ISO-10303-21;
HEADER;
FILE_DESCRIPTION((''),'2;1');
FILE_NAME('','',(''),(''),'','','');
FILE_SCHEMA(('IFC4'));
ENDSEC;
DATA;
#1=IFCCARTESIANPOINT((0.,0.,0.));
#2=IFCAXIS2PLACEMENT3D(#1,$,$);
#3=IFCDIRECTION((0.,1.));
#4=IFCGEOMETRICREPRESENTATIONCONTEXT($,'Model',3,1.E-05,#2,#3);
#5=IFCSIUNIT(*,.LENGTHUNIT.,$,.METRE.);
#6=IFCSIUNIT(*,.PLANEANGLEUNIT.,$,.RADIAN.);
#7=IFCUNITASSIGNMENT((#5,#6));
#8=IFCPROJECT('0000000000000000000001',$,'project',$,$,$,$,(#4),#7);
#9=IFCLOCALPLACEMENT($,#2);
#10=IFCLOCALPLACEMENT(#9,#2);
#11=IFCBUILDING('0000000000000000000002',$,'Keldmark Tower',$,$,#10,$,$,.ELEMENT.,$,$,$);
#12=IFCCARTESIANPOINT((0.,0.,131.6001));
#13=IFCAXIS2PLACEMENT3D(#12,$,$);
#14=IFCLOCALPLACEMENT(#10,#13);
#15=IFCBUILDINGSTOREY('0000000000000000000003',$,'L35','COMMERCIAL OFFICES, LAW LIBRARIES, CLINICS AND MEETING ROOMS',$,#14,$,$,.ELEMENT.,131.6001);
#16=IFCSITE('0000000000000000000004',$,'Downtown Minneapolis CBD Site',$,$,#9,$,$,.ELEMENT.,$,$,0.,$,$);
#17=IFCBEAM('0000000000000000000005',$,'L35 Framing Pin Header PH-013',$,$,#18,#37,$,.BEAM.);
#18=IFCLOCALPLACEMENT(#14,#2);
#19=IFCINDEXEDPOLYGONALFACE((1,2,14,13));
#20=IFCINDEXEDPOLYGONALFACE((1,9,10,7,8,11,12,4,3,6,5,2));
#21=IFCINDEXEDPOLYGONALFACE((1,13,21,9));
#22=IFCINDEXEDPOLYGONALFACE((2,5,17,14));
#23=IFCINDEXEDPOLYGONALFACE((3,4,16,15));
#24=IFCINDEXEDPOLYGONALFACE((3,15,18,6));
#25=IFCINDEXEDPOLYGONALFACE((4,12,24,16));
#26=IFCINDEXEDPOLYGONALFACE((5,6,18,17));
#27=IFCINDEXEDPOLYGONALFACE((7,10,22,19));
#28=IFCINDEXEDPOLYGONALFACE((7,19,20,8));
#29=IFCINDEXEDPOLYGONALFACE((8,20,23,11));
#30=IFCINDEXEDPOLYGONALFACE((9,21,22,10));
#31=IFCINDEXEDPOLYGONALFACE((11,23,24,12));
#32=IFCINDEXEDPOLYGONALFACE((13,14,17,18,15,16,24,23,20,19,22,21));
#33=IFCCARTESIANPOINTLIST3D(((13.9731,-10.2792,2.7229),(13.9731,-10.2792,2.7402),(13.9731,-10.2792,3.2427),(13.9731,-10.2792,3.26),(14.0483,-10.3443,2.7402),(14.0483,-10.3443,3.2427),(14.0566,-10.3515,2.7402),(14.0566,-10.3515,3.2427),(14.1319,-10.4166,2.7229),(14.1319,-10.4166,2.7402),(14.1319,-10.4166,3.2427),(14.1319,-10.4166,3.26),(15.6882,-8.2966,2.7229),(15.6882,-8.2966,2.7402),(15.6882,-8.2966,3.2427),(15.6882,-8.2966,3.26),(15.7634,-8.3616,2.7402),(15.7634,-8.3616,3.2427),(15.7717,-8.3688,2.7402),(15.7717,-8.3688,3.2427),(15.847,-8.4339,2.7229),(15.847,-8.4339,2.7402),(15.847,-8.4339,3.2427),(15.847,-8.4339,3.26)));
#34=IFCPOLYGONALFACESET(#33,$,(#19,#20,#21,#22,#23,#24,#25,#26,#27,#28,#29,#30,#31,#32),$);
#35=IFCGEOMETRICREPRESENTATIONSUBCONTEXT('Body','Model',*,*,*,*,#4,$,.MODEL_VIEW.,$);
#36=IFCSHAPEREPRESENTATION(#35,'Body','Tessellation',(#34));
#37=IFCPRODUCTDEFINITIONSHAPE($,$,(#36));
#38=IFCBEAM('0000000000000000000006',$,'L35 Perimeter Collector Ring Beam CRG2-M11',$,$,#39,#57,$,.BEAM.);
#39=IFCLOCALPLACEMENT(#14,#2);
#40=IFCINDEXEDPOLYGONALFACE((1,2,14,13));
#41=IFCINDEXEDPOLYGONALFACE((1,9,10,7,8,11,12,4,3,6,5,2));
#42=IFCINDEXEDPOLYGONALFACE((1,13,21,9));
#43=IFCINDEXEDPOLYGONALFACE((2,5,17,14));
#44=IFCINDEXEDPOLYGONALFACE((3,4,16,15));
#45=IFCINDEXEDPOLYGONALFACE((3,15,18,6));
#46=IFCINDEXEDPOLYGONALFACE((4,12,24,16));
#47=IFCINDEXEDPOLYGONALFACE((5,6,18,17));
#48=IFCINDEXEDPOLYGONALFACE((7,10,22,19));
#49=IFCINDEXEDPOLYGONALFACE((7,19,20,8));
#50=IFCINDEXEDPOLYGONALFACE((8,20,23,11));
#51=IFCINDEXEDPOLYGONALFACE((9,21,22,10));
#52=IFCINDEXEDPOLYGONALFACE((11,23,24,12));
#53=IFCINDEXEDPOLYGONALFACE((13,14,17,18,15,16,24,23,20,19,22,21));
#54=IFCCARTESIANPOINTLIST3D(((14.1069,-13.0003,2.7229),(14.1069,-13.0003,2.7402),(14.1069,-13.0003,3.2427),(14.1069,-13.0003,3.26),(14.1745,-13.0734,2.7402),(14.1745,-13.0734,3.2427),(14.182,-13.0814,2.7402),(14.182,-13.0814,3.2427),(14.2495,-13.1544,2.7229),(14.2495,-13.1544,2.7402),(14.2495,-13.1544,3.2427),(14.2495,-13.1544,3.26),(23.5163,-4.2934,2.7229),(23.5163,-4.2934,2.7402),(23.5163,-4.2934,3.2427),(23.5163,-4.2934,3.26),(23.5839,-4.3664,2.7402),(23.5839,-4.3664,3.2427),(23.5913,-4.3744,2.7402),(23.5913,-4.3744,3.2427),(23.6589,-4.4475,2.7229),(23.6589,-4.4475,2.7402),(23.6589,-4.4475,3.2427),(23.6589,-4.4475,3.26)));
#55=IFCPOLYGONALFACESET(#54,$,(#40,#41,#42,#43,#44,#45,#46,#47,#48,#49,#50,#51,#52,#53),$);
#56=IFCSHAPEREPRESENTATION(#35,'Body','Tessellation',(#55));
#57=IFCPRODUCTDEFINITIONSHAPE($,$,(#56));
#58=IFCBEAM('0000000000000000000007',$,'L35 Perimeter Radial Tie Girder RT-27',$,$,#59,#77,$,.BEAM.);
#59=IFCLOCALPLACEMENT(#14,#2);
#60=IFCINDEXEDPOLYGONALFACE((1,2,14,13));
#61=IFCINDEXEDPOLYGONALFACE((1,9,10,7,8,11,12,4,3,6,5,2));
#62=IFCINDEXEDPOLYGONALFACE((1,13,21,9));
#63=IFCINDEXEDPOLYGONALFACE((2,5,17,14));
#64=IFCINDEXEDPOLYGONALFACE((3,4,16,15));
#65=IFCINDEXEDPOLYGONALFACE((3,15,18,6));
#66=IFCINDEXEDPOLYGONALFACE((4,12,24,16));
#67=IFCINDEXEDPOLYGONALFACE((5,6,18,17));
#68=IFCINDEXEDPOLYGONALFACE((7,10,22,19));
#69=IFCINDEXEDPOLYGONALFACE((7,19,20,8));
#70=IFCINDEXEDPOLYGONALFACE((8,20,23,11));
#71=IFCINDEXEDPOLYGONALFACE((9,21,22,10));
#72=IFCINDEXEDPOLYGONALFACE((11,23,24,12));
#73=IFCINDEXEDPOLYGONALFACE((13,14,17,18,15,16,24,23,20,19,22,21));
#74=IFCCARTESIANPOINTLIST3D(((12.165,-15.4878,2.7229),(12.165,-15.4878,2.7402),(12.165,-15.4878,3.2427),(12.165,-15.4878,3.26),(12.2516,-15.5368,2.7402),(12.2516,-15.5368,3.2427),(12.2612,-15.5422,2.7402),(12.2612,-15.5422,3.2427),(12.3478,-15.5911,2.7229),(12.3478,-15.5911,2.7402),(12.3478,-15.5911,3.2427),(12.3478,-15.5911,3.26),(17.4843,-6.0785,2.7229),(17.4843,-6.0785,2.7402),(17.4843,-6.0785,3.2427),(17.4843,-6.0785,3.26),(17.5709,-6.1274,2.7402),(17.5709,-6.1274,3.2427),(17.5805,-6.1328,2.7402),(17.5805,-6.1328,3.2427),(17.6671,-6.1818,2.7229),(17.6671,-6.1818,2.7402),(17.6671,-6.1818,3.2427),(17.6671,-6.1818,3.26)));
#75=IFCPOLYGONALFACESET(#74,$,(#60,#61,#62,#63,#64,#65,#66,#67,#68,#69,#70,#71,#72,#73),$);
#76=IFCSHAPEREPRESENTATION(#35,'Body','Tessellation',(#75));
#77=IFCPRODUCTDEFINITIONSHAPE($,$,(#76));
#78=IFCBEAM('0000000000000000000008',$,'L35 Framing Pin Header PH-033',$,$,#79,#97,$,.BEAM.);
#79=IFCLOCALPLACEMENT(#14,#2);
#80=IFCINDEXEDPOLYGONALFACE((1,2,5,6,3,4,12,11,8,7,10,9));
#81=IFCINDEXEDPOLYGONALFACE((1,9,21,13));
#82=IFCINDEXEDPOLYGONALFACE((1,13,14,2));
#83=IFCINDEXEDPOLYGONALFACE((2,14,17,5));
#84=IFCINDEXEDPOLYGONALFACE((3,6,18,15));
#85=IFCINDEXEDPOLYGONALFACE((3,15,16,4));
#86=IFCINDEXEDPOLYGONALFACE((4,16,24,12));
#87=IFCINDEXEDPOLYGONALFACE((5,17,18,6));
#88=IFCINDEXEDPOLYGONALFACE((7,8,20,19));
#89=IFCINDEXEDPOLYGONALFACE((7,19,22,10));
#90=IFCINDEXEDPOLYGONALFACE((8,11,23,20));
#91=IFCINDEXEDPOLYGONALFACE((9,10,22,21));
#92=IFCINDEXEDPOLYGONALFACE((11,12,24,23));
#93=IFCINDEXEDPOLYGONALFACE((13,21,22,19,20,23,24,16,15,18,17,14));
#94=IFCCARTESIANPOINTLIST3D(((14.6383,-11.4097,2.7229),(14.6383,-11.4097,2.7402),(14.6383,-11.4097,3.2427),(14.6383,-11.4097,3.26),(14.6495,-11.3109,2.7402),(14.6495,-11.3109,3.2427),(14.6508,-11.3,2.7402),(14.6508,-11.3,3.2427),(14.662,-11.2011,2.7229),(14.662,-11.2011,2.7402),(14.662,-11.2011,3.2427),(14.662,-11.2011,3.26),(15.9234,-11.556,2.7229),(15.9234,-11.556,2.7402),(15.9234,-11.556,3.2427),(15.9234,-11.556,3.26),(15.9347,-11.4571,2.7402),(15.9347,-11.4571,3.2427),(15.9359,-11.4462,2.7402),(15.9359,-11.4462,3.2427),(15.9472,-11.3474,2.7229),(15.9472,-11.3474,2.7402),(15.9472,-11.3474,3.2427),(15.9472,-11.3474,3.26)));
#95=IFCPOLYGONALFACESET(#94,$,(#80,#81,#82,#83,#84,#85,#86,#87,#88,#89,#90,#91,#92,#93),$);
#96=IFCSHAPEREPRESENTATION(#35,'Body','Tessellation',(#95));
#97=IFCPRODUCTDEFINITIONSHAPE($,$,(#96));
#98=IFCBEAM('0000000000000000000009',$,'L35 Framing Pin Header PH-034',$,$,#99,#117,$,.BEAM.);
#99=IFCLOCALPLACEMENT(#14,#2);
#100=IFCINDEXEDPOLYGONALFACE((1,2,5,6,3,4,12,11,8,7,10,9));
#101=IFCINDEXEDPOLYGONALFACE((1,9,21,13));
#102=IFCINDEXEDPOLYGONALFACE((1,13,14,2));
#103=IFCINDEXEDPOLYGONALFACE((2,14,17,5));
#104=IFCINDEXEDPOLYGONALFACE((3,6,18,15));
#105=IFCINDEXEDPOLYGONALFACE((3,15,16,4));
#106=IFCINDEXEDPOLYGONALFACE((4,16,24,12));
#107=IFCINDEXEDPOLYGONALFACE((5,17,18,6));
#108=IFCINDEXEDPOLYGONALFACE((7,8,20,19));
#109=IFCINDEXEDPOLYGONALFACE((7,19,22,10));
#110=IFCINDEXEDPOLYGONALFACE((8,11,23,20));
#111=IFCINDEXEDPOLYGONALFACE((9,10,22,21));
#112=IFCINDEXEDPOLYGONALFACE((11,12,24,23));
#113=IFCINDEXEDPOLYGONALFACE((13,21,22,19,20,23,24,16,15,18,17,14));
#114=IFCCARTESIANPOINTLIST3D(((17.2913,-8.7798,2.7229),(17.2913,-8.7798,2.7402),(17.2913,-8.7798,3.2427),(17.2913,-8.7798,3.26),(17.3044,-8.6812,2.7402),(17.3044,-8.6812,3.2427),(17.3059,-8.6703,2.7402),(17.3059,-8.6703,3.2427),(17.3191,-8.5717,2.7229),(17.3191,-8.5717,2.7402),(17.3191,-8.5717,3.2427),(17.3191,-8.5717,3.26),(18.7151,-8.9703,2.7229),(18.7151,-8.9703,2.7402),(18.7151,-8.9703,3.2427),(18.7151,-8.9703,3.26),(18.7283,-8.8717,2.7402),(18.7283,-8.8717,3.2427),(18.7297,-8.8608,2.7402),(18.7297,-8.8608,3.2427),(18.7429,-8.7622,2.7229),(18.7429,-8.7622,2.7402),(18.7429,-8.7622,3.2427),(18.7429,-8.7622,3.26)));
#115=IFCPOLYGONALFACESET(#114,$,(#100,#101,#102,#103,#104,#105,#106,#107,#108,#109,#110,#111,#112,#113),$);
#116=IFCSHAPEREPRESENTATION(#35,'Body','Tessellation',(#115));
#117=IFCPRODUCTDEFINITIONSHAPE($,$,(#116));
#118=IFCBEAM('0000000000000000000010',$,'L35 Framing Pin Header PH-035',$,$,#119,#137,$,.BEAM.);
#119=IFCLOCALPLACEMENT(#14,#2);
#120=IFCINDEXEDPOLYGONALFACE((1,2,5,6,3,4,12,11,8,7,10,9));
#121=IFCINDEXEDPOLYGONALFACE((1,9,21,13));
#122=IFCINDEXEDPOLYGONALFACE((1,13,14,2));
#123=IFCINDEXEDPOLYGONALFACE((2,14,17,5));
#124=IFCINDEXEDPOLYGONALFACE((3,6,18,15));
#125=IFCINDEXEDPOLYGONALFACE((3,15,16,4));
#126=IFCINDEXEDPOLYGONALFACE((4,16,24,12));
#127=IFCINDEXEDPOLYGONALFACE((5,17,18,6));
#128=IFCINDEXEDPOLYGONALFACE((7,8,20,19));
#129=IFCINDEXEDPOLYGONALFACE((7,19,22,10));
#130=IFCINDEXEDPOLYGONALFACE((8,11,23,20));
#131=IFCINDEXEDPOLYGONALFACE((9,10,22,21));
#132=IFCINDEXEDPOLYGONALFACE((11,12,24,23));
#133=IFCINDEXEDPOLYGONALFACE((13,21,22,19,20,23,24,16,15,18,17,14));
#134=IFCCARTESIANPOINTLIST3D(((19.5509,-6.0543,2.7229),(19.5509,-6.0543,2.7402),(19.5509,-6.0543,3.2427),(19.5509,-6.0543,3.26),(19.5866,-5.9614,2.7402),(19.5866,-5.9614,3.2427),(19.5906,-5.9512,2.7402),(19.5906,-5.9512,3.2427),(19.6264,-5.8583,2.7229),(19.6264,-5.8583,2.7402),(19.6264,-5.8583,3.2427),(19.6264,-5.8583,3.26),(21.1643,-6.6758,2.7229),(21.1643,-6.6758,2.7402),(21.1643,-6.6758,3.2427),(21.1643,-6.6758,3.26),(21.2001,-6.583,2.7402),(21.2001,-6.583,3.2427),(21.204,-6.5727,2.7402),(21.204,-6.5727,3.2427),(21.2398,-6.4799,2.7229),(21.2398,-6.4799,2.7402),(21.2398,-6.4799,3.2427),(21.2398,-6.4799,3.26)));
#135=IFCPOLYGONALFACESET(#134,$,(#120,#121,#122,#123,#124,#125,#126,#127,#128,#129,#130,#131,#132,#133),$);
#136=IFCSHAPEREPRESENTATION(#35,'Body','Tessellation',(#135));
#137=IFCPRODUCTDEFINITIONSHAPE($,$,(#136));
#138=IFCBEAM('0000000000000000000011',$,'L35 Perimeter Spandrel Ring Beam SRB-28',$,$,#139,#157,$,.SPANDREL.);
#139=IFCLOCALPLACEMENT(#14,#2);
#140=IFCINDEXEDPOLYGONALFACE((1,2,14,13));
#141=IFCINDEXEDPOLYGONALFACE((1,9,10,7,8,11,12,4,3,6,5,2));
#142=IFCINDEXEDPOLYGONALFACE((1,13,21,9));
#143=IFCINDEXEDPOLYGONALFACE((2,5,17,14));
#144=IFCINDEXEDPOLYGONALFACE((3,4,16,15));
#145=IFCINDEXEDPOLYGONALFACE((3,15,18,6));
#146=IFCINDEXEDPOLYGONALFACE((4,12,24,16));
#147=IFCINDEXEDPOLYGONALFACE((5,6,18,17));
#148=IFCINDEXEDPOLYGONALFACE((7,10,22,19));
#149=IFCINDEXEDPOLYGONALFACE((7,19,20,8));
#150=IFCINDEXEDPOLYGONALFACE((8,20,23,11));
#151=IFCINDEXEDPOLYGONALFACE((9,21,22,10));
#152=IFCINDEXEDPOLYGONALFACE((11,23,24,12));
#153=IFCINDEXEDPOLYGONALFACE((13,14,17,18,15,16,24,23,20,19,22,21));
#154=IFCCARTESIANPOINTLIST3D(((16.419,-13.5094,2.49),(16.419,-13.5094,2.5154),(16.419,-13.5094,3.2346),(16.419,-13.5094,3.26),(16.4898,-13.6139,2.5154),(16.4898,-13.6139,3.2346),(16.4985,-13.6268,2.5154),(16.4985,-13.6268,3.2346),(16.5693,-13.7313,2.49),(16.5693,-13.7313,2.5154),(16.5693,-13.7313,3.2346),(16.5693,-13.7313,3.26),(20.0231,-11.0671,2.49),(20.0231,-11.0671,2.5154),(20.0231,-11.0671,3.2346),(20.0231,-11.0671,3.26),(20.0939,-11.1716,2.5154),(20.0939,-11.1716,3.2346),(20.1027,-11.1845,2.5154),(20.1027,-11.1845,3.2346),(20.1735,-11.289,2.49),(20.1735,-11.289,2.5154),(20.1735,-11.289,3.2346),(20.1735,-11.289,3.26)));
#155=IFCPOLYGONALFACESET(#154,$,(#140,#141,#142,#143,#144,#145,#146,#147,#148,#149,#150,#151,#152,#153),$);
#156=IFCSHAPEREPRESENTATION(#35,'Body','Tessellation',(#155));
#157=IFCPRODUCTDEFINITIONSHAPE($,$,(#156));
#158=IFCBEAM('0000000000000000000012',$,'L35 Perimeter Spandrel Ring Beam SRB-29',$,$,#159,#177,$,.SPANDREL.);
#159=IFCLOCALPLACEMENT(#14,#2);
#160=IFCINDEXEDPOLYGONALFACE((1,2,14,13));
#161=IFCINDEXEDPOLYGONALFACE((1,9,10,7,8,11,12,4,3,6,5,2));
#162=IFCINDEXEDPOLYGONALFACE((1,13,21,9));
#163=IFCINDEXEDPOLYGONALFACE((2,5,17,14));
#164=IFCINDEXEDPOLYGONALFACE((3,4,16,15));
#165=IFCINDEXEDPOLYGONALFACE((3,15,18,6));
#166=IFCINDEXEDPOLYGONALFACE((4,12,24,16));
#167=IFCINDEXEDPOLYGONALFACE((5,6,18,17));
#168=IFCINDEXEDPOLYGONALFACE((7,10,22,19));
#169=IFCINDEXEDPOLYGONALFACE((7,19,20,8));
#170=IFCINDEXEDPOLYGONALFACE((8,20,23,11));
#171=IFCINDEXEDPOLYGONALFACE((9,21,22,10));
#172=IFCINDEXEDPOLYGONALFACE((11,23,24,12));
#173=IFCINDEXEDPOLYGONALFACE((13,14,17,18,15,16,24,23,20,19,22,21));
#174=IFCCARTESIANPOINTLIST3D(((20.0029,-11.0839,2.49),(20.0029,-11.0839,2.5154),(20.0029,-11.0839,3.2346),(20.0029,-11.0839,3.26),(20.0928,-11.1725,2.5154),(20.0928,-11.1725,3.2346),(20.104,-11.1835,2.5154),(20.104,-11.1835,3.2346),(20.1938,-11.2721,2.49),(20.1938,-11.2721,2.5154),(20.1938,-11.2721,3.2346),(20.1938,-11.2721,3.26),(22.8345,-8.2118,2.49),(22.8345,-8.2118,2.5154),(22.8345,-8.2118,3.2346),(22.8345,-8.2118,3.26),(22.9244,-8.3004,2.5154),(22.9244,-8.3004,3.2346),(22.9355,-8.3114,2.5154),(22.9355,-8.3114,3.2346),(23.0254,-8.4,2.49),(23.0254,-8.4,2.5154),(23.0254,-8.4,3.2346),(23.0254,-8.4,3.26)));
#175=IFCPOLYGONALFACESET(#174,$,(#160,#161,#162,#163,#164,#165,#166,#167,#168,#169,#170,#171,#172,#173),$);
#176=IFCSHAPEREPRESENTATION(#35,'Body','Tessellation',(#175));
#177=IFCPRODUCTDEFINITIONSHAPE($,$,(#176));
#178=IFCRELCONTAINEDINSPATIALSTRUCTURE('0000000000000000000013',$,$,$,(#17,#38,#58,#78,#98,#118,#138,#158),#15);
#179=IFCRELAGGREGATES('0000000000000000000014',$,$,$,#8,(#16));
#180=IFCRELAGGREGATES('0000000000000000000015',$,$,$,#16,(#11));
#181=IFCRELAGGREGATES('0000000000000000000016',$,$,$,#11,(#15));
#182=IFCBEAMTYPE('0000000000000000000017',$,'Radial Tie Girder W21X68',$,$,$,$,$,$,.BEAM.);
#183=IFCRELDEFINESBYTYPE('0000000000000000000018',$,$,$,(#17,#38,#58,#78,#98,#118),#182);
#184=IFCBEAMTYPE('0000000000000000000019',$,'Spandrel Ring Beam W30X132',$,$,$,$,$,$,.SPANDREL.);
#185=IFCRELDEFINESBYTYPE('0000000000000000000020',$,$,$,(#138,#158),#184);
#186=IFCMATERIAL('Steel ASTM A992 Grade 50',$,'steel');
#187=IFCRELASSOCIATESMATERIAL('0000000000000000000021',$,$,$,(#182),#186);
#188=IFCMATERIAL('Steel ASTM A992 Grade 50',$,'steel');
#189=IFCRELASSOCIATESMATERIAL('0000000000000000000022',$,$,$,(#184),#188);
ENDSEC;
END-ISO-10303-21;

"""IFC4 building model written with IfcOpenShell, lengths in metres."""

from ifc_helpers import new_model, si_unit, direction, frame, origin, origin_2d, place, context, subcontext, project, spatial, i_section, extrude, material, material_profile, profile_set, type_object, element, save


model = new_model("IFC4")

# Units and contexts
model_context = context("Model", 3, precision=1e-05, world=origin(), true_north=direction((0.0, 1.0)))
body_context = subcontext(model_context, "Body", "Model", "MODEL_VIEW")
ifc_project = project(units=[si_unit("LENGTHUNIT", "METRE"), si_unit("PLANEANGLEUNIT", "RADIAN")], contexts=[model_context])

# Site, building, storey
site_placement = place(None, origin())
site = spatial("IfcSite", under=ifc_project, at=site_placement, Name="Downtown Minneapolis CBD Site", CompositionType="ELEMENT", RefElevation=0.0)
building_placement = place(site_placement, origin())
building = spatial("IfcBuilding", under=site, at=building_placement, Name="Keldmark Tower", CompositionType="ELEMENT")
storey_placement = place(building_placement, frame((0.0, 0.0, 131.6001)))
storey = spatial("IfcBuildingStorey", under=building, at=storey_placement, Name="L35", Description="COMMERCIAL OFFICES, LAW LIBRARIES, CLINICS AND MEETING ROOMS", CompositionType="ELEMENT", Elevation=131.6001)

# Beams
ifc_material_1 = material(Name="Steel ASTM A992 Grade 50", Category="steel")
ifc_material_profile_1 = material_profile(ifc_material_1, i_section(OverallWidth=0.21, OverallDepth=0.5371, WebThickness=0.011, FlangeThickness=0.0173, at=origin_2d()), Name="W21X68")
ifc_profile_set_1 = profile_set([ifc_material_profile_1], Name="Steel ASTM A992 Grade 50")
beam_type_1 = type_object("IfcBeamType", Name="Radial Tie Girder W21X68", PredefinedType="BEAM", material=ifc_profile_set_1)
beam_1_placement = place(storey_placement, frame((15.7676, -8.3652, 2.9915), z_axis=(-0.654228, -0.756297, 0.0), x_axis=(0.756297, -0.654228, 0.0)))
element("IfcBeam", 1, at=beam_1_placement, inside=storey, type_object=beam_type_1, Name="L35 Framing Pin Header PH-013", PredefinedType="BEAM", context=body_context, shape_type="SweptSolid", body=[
    extrude(i_section(OverallWidth=0.21, OverallDepth=0.5371, WebThickness=0.011, FlangeThickness=0.0173, at=origin_2d()), origin(), (0.0, 0.0, 1.0), 2.6216),
])
beam_2_placement = place(storey_placement, frame((14.1782, -13.0774, 2.9915), z_axis=(0.733971, 0.679181, 0.0), x_axis=(-0.679181, 0.733971, 0.0)))
element("IfcBeam", 2, at=beam_2_placement, inside=storey, type_object=beam_type_1, Name="L35 Perimeter Collector Ring Beam CRG2-M11", PredefinedType="BEAM", context=body_context, shape_type="SweptSolid", body=[
    extrude(i_section(OverallWidth=0.21, OverallDepth=0.5371, WebThickness=0.011, FlangeThickness=0.0173, at=origin_2d()), origin(), (0.0, 0.0, 1.0), 12.8198),
])
beam_3_placement = place(storey_placement, frame((17.5757, -6.1301, 2.9915), z_axis=(-0.492125, -0.870525, 0.0), x_axis=(0.870525, -0.492125, 0.0)))
element("IfcBeam", 3, at=beam_3_placement, inside=storey, type_object=beam_type_1, Name="L35 Perimeter Radial Tie Girder RT-27", PredefinedType="BEAM", context=body_context, shape_type="SweptSolid", body=[
    extrude(i_section(OverallWidth=0.21, OverallDepth=0.5371, WebThickness=0.011, FlangeThickness=0.0173, at=origin_2d()), origin(), (0.0, 0.0, 1.0), 10.8088),
])
beam_4_placement = place(storey_placement, frame((14.6501, -11.3054, 2.9915), z_axis=(0.993588, -0.113062, 0.0), x_axis=(0.113062, 0.993588, 0.0)))
element("IfcBeam", 4, at=beam_4_placement, inside=storey, type_object=beam_type_1, Name="L35 Framing Pin Header PH-033", PredefinedType="BEAM", context=body_context, shape_type="SweptSolid", body=[
    extrude(i_section(OverallWidth=0.21, OverallDepth=0.5371, WebThickness=0.011, FlangeThickness=0.0173, at=origin_2d()), origin(), (0.0, 0.0, 1.0), 1.2935),
])
beam_5_placement = place(storey_placement, frame((17.3052, -8.6758, 2.9915), z_axis=(0.991174, -0.132564, 0.0), x_axis=(0.132564, 0.991174, 0.0)))
element("IfcBeam", 5, at=beam_5_placement, inside=storey, type_object=beam_type_1, Name="L35 Framing Pin Header PH-034", PredefinedType="BEAM", context=body_context, shape_type="SweptSolid", body=[
    extrude(i_section(OverallWidth=0.21, OverallDepth=0.5371, WebThickness=0.011, FlangeThickness=0.0173, at=origin_2d()), origin(), (0.0, 0.0, 1.0), 1.4365),
])
beam_6_placement = place(storey_placement, frame((19.5886, -5.9563, 2.9915), z_axis=(0.933153, -0.35948, 0.0), x_axis=(0.35948, 0.933153, 0.0)))
element("IfcBeam", 6, at=beam_6_placement, inside=storey, type_object=beam_type_1, Name="L35 Framing Pin Header PH-035", PredefinedType="BEAM", context=body_context, shape_type="SweptSolid", body=[
    extrude(i_section(OverallWidth=0.21, OverallDepth=0.5371, WebThickness=0.011, FlangeThickness=0.0173, at=origin_2d()), origin(), (0.0, 0.0, 1.0), 1.729),
])
ifc_material_2 = material(Name="Steel ASTM A992 Grade 50", Category="steel")
ifc_material_profile_2 = material_profile(ifc_material_2, i_section(OverallWidth=0.2681, OverallDepth=0.77, WebThickness=0.0156, FlangeThickness=0.0254, at=origin_2d()), Name="W30X132")
ifc_profile_set_2 = profile_set([ifc_material_profile_2], Name="Steel ASTM A992 Grade 50")
beam_type_2 = type_object("IfcBeamType", Name="Spandrel Ring Beam W30X132", PredefinedType="SPANDREL", material=ifc_profile_set_2)
beam_7_placement = place(storey_placement, frame((16.4941, -13.6204, 2.875), z_axis=(0.827834, 0.560973, 0.0), x_axis=(-0.560973, 0.827834, 0.0)))
element("IfcBeam", 7, at=beam_7_placement, inside=storey, type_object=beam_type_2, Name="L35 Perimeter Spandrel Ring Beam SRB-28", PredefinedType="SPANDREL", context=body_context, shape_type="SweptSolid", body=[
    extrude(i_section(OverallWidth=0.2681, OverallDepth=0.77, WebThickness=0.0156, FlangeThickness=0.0254, at=origin_2d()), origin(), (0.0, 0.0, 1.0), 4.3538),
])
beam_8_placement = place(storey_placement, frame((20.0984, -11.178, 2.875), z_axis=(0.702065, 0.712113, 0.0), x_axis=(-0.712113, 0.702065, 0.0)))
element("IfcBeam", 8, at=beam_8_placement, inside=storey, type_object=beam_type_2, Name="L35 Perimeter Spandrel Ring Beam SRB-29", PredefinedType="SPANDREL", context=body_context, shape_type="SweptSolid", body=[
    extrude(i_section(OverallWidth=0.2681, OverallDepth=0.77, WebThickness=0.0156, FlangeThickness=0.0254, at=origin_2d()), origin(), (0.0, 0.0, 1.0), 4.0332),
])

save(model, "model.ifc")
